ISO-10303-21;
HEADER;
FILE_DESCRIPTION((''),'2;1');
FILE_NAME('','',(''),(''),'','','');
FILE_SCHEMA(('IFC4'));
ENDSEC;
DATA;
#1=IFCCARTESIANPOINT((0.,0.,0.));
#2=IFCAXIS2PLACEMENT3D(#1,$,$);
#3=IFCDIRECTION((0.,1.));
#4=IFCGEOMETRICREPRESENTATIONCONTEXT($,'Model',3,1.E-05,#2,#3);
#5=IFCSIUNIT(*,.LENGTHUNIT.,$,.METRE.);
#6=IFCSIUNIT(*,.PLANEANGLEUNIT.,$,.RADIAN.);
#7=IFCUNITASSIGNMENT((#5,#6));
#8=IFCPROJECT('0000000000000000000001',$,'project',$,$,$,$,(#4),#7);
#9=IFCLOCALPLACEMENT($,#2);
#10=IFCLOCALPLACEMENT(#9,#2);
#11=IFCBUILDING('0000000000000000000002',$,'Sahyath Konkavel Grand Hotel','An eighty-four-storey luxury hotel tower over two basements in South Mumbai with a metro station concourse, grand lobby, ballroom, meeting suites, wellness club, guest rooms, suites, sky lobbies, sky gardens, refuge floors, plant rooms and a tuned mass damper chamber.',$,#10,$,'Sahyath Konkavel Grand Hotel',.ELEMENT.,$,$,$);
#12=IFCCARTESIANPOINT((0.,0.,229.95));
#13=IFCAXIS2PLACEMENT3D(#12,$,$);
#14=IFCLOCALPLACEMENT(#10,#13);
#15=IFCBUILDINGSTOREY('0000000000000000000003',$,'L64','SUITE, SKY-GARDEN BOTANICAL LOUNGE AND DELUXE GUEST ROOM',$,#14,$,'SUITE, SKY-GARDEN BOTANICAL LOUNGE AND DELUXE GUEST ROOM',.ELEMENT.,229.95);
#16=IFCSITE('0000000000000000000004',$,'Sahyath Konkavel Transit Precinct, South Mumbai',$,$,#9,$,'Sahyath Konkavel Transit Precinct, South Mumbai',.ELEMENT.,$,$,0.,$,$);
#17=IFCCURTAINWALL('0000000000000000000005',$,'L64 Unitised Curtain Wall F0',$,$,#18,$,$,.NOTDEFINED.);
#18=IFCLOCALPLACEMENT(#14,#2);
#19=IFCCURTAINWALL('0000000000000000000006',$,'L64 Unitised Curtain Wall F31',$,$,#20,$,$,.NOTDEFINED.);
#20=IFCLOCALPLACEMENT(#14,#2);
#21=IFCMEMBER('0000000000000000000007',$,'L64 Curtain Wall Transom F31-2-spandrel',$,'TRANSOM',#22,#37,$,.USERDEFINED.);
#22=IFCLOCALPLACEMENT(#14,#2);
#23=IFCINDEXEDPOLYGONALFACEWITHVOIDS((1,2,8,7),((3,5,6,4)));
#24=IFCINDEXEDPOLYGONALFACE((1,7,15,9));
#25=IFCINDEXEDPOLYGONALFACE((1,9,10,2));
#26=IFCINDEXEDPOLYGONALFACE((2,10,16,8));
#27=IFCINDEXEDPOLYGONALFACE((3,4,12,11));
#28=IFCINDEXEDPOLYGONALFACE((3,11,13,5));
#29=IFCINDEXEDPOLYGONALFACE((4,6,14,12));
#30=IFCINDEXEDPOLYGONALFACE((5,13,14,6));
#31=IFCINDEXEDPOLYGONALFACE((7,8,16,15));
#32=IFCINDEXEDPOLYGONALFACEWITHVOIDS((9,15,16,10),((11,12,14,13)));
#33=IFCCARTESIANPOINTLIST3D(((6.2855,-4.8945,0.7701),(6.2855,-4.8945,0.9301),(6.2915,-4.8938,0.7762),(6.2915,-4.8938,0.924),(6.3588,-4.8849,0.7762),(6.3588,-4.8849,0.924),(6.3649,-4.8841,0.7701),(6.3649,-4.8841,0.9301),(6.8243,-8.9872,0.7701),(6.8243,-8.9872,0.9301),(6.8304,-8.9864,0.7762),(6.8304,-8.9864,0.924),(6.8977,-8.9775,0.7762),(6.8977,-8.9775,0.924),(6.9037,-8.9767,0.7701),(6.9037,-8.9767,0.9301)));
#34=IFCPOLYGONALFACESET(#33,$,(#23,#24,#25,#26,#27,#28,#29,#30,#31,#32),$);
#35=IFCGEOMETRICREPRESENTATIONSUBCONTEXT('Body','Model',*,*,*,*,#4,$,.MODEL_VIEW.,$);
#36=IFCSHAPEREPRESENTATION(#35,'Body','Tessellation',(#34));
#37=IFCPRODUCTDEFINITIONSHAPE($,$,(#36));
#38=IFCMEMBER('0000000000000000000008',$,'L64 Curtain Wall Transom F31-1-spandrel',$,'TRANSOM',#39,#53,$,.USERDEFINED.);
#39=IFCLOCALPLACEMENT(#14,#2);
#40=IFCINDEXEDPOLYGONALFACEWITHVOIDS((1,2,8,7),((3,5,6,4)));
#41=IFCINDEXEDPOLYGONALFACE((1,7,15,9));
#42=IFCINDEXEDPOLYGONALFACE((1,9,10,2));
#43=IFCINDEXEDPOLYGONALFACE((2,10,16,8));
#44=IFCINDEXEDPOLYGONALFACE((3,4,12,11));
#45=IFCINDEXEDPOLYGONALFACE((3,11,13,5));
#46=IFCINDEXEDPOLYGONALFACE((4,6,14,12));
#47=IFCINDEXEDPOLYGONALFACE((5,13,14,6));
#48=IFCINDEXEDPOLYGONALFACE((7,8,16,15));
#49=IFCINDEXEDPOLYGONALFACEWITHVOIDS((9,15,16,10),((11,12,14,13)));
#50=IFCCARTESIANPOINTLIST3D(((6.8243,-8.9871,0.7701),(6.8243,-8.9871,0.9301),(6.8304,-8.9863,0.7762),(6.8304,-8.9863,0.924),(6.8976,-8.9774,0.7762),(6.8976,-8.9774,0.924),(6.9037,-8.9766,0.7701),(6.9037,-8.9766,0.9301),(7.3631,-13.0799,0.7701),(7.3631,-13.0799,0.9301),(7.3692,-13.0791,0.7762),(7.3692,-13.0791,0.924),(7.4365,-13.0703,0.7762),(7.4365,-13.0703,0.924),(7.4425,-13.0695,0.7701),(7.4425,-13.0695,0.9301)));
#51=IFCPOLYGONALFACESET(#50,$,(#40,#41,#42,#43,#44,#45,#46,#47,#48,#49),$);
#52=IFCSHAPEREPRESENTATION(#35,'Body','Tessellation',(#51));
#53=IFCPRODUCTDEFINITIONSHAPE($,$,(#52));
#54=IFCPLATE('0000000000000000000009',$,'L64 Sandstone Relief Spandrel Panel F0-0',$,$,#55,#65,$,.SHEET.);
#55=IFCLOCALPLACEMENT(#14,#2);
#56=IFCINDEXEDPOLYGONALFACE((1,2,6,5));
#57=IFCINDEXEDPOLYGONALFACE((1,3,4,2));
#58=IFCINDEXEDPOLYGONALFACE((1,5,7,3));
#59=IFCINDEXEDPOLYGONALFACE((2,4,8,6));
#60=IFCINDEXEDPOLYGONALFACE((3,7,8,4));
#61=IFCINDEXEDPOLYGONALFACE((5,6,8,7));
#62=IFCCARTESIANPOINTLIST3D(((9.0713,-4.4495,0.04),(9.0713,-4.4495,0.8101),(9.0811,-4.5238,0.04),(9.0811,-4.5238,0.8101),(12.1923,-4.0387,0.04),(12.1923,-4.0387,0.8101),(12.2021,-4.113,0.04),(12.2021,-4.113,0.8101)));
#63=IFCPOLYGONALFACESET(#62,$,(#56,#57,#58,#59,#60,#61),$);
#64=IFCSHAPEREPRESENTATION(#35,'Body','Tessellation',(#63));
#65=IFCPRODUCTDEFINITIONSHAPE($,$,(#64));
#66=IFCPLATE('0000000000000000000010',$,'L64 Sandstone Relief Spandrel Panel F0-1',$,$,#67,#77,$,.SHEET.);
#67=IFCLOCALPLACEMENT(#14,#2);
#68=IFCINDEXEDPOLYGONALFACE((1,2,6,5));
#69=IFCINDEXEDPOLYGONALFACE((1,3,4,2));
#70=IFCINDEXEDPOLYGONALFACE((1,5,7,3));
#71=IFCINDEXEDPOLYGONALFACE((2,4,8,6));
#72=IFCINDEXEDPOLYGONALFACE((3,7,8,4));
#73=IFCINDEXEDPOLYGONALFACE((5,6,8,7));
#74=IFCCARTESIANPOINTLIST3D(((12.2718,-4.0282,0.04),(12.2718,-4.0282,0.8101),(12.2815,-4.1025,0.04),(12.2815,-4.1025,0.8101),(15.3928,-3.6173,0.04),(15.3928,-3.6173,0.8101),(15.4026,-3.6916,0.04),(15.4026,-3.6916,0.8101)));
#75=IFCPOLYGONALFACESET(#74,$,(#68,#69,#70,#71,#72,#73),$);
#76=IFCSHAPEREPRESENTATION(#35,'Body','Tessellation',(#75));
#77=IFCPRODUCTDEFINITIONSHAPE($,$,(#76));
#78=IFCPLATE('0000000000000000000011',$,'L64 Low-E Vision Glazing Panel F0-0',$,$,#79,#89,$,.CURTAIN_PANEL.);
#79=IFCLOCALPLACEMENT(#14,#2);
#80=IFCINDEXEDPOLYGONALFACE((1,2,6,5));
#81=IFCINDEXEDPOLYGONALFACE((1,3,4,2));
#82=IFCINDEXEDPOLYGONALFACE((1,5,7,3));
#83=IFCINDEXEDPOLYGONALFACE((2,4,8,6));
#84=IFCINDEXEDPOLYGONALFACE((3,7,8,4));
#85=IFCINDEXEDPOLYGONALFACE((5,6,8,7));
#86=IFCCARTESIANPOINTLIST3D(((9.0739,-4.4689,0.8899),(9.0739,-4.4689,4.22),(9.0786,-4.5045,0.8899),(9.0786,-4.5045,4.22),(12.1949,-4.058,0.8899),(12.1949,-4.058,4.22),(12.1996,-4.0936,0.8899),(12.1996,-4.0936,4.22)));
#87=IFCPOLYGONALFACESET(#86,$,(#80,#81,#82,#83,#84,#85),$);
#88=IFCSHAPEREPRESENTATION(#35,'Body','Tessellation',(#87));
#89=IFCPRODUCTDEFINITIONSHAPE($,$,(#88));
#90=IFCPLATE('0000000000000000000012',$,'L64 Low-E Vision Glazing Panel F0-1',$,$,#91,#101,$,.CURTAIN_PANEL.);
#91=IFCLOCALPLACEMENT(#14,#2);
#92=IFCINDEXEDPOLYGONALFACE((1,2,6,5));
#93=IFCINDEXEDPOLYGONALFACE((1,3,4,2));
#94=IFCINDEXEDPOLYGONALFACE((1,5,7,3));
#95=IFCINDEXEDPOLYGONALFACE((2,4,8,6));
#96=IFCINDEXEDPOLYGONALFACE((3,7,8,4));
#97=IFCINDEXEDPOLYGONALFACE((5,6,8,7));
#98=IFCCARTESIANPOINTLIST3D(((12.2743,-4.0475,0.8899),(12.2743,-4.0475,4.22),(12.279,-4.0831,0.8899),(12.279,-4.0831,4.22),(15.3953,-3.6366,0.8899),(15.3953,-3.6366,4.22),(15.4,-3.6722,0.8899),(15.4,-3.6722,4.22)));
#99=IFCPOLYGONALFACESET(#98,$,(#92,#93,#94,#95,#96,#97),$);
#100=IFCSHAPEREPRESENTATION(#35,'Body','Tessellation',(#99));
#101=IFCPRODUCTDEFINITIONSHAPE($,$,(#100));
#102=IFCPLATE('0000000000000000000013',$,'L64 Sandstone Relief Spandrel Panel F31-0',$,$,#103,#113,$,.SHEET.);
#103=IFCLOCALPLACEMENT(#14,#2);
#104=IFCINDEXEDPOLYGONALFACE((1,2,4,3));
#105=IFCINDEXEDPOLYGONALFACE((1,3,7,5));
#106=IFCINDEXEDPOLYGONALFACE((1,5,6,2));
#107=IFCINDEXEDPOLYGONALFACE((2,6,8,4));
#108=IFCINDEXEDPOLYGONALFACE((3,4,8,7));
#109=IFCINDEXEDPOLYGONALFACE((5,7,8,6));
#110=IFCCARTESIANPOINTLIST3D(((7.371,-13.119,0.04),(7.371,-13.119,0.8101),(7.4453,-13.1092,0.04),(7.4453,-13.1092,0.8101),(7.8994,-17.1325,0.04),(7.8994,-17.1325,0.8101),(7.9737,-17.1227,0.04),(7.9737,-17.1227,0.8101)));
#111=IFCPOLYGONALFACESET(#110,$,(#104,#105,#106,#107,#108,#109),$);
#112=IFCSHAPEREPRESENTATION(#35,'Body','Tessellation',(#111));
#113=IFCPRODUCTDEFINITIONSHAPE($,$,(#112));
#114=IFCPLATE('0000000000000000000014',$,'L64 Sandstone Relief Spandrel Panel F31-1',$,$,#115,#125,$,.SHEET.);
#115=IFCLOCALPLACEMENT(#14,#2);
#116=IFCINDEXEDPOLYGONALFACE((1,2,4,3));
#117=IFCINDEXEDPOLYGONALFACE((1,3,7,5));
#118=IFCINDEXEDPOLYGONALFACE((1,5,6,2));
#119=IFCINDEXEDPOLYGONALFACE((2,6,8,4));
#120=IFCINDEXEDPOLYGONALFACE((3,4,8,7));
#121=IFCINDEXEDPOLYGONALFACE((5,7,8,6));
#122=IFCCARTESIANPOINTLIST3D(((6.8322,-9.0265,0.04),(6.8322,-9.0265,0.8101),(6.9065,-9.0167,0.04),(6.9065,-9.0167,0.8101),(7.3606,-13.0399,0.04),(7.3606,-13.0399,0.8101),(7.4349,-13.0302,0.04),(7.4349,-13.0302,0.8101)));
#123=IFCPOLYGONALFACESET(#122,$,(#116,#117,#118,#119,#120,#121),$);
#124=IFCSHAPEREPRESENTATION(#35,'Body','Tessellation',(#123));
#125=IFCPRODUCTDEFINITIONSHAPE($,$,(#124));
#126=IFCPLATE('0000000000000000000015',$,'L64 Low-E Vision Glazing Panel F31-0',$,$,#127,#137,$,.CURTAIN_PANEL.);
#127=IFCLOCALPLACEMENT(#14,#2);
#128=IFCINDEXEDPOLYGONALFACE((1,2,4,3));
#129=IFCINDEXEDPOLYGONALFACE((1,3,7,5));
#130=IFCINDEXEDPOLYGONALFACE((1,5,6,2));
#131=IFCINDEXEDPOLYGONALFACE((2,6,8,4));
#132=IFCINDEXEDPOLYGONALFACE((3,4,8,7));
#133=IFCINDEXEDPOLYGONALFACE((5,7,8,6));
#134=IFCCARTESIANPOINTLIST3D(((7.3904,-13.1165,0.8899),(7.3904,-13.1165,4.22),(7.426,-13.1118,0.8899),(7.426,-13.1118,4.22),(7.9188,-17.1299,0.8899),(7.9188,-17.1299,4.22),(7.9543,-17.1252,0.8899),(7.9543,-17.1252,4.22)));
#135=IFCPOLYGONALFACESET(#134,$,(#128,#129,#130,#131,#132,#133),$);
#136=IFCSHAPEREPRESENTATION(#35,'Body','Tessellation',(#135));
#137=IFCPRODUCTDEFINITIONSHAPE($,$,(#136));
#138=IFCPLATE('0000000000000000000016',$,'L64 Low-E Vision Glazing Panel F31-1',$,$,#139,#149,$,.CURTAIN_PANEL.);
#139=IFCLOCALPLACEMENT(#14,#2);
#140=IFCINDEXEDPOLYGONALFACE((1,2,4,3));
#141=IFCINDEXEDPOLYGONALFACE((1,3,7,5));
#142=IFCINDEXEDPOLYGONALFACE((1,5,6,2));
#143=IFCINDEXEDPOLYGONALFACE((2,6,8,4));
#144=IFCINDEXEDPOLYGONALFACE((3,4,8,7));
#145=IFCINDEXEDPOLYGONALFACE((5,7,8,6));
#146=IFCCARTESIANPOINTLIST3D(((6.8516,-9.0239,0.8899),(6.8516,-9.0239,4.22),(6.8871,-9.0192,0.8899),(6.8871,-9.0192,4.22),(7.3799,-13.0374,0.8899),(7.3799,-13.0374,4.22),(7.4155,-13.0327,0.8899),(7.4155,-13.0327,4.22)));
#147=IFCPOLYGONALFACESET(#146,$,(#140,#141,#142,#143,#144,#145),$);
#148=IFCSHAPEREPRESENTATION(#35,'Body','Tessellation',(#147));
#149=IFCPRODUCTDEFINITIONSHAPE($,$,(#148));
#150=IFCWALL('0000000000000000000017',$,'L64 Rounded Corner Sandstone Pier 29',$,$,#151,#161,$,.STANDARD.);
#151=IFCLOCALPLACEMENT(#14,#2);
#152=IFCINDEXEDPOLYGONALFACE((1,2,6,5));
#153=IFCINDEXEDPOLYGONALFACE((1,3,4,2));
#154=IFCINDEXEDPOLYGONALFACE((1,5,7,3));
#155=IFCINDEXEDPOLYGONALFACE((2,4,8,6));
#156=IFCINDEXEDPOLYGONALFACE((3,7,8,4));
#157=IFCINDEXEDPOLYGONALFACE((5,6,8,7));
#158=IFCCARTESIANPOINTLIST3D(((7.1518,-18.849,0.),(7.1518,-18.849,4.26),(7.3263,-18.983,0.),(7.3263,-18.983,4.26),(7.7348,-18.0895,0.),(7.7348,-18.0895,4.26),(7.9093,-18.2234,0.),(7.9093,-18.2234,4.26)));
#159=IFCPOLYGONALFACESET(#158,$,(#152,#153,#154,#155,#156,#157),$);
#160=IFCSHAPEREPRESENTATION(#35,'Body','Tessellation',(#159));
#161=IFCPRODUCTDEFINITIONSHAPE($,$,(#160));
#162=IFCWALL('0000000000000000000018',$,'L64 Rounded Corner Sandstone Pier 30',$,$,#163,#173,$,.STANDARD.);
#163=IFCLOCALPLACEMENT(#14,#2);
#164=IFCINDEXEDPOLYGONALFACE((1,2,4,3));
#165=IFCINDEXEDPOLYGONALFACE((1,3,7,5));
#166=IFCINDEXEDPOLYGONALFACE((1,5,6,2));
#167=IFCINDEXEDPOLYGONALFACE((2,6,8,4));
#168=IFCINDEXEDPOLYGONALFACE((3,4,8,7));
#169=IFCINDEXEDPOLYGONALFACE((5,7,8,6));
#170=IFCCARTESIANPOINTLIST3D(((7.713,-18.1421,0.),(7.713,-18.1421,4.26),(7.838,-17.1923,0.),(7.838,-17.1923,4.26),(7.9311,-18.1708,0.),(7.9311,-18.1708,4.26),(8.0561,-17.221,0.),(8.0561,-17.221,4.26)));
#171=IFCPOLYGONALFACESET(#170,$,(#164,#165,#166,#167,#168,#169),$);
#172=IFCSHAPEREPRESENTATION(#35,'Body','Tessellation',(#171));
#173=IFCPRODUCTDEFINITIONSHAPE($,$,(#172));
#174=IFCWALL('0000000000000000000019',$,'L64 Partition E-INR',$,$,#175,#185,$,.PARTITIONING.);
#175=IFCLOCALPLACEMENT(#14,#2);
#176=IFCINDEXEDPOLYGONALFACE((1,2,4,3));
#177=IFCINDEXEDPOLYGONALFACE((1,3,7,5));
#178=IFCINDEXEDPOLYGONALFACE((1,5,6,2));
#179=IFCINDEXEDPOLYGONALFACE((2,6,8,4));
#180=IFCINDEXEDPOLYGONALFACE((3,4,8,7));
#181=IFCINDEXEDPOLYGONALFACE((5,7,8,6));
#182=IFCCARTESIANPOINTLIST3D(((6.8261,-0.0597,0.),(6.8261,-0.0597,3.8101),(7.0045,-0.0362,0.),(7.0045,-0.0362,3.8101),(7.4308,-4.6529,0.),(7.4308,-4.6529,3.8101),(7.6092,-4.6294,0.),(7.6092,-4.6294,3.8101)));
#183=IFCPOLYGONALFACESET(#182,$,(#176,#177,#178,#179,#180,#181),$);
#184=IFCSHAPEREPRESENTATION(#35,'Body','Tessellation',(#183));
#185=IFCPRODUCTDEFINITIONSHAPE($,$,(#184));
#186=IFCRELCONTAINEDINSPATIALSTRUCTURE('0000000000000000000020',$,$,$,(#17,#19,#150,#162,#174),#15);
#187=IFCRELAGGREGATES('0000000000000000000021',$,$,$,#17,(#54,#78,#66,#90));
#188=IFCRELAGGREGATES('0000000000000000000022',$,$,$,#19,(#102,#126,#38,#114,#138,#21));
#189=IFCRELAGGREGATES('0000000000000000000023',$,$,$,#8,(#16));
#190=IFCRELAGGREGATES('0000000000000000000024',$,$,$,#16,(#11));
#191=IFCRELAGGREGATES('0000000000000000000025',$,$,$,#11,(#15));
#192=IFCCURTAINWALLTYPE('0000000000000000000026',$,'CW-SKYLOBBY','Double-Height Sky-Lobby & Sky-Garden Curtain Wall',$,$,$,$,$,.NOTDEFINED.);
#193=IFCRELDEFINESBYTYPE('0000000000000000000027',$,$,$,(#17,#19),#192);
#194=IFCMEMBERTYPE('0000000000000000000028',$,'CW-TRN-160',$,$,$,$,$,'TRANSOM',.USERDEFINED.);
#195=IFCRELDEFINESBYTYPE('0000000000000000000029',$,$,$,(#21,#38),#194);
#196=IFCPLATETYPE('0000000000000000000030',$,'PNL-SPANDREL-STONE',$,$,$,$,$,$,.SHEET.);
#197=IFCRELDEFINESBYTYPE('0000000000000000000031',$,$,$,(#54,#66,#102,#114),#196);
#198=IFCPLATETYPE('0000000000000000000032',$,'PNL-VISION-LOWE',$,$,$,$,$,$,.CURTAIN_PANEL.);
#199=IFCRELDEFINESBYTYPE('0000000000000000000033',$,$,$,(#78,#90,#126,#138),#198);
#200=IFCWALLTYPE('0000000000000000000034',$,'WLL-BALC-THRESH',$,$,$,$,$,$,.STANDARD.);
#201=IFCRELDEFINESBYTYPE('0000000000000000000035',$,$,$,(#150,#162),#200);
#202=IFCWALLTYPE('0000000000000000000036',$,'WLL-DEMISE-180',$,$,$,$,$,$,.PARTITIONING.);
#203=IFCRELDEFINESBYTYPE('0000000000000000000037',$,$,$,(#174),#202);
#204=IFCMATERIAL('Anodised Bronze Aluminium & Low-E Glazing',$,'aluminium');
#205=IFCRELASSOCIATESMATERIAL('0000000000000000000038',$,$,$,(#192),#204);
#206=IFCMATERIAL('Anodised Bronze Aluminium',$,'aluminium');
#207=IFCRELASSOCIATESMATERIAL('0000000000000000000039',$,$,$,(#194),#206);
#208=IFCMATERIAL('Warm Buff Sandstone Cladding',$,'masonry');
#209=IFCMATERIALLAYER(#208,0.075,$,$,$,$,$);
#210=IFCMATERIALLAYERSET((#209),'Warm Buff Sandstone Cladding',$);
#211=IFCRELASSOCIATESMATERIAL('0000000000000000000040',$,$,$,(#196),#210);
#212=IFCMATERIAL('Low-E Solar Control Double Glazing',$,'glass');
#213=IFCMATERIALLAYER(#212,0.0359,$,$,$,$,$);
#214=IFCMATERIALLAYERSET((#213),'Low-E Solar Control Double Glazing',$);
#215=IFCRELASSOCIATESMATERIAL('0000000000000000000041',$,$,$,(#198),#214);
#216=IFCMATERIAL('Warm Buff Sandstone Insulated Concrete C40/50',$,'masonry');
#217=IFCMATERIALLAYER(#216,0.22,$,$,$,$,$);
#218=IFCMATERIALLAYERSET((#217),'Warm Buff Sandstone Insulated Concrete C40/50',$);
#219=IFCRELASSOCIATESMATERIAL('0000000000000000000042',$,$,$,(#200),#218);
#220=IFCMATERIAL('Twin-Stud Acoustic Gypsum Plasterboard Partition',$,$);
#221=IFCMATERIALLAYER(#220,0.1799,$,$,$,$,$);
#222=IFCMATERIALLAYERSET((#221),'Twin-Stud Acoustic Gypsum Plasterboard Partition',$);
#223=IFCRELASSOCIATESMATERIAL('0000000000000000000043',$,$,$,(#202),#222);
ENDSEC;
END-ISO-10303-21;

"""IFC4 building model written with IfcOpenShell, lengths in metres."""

from ifc_helpers import new_model, si_unit, direction, frame, frame_2d, origin, origin_2d, place, context, subcontext, project, spatial, rectangle, hollow_rectangle, extrude, source, transform, mapped, material, layer, layer_set, material_profile, profile_set, type_object, element, aggregate, save


model = new_model("IFC4")

# Units and contexts
model_context = context("Model", 3, precision=1e-05, world=origin(), true_north=direction((0.0, 1.0)))
body_context = subcontext(model_context, "Body", "Model", "MODEL_VIEW")
ifc_project = project(units=[si_unit("LENGTHUNIT", "METRE"), si_unit("PLANEANGLEUNIT", "RADIAN")], contexts=[model_context])

# Site, building, storey
site_placement = place(None, origin())
site = spatial("IfcSite", under=ifc_project, at=site_placement, Name="Sahyath Konkavel Transit Precinct, South Mumbai", LongName="Sahyath Konkavel Transit Precinct, South Mumbai", CompositionType="ELEMENT", RefElevation=0.0)
building_placement = place(site_placement, origin())
building = spatial("IfcBuilding", under=site, at=building_placement, Name="Sahyath Konkavel Grand Hotel", Description="An eighty-four-storey luxury hotel tower over two basements in South Mumbai with a metro station concourse, grand lobby, ballroom, meeting suites, wellness club, guest rooms, suites, sky lobbies, sky gardens, refuge floors, plant rooms and a tuned mass damper chamber.", LongName="Sahyath Konkavel Grand Hotel", CompositionType="ELEMENT")
storey_placement = place(building_placement, frame((0.0, 0.0, 229.95)))
storey = spatial("IfcBuildingStorey", under=building, at=storey_placement, Name="L64", Description="SUITE, SKY-GARDEN BOTANICAL LOUNGE AND DELUXE GUEST ROOM", LongName="SUITE, SKY-GARDEN BOTANICAL LOUNGE AND DELUXE GUEST ROOM", CompositionType="ELEMENT", Elevation=229.95)

# Curtain wall
ifc_material_1 = material(Name="Anodised Bronze Aluminium & Low-E Glazing", Category="aluminium")
curtain_wall_type = type_object("IfcCurtainWallType", Name="CW-SKYLOBBY", Description="Double-Height Sky-Lobby & Sky-Garden Curtain Wall", PredefinedType="NOTDEFINED", material=ifc_material_1)
curtain_wall_1_placement = place(storey_placement, origin())
curtain_wall_1 = element("IfcCurtainWall", 1, at=curtain_wall_1_placement, inside=storey, type_object=curtain_wall_type, Name="L64 Unitised Curtain Wall F0", PredefinedType="NOTDEFINED")
ifc_material_2 = material(Name="Anodised Bronze Aluminium", Category="aluminium")

# Curtain wall
curtain_wall_2_placement = place(storey_placement, origin())
curtain_wall_2 = element("IfcCurtainWall", 2, at=curtain_wall_2_placement, inside=storey, type_object=curtain_wall_type, Name="L64 Unitised Curtain Wall F31", PredefinedType="NOTDEFINED")

# Members
ifc_material_profile_1 = material_profile(ifc_material_2, hollow_rectangle(XDim=0.0801, YDim=0.1599, WallThickness=0.0061, at=origin_2d()), Name="RHS 160x80x6")
ifc_profile_set_1 = profile_set([ifc_material_profile_1], Name="Anodised Bronze Aluminium")
member_type_1 = type_object("IfcMemberType", Name="CW-TRN-160", ElementType="TRANSOM", PredefinedType="USERDEFINED", material=ifc_profile_set_1)
shared_shape_1 = source(origin(), body_context, "Body", "SweptSolid", [
    extrude(hollow_rectangle(XDim=0.0801, YDim=0.1599, WallThickness=0.0061, at=origin_2d()), origin(), (0.0, 0.0, 1.0), 4.1279),
])
member_1_placement = place(storey_placement, frame((6.864, -8.9819, 0.8501), z_axis=(-0.130533, 0.991444, 0.0), x_axis=(-0.991444, -0.130533, 0.0)))
member_1 = element("IfcMember", 3, at=member_1_placement, type_object=member_type_1, Name="L64 Curtain Wall Transom F31-2-spandrel", ObjectType="TRANSOM", PredefinedType="USERDEFINED", context=body_context, shape_type="MappedRepresentation", body=[
    mapped(shared_shape_1, transform((0.0, 0.0, 0.0), scale=1.0)),
])
shared_shape_2 = source(origin(), body_context, "Body", "SweptSolid", [
    extrude(hollow_rectangle(XDim=0.0801, YDim=0.1599, WallThickness=0.0061, at=origin_2d()), origin(), (0.0, 0.0, 1.0), 4.1282),
])
member_2_placement = place(storey_placement, frame((7.4028, -13.0747, 0.8501), z_axis=(-0.130525, 0.991445, 0.0), x_axis=(-0.991445, -0.130525, 0.0)))
member_2 = element("IfcMember", 4, at=member_2_placement, type_object=member_type_1, Name="L64 Curtain Wall Transom F31-1-spandrel", ObjectType="TRANSOM", PredefinedType="USERDEFINED", context=body_context, shape_type="MappedRepresentation", body=[
    mapped(shared_shape_2, transform((0.0, 0.0, 0.0), scale=1.0)),
])

# Plates
ifc_material_3 = material(Name="Warm Buff Sandstone Cladding", Category="masonry")
ifc_layer_1 = layer(ifc_material_3, 0.075)
ifc_layer_set_1 = layer_set([ifc_layer_1], Name="Warm Buff Sandstone Cladding")
plate_type_1 = type_object("IfcPlateType", Name="PNL-SPANDREL-STONE", PredefinedType="SHEET", material=ifc_layer_set_1)
shared_shape_3 = source(origin(), body_context, "Body", "SweptSolid", [
    extrude(rectangle(XDim=3.1479, YDim=0.075, at=origin_2d()), origin(), (0.0, 0.0, 1.0), 0.77),
])
plate_1_placement = place(storey_placement, frame((10.6367, -4.2812, 0.04), z_axis=(0.0, 0.0, 1.0), x_axis=(0.991445, 0.130526, 0.0)))
plate_1 = element("IfcPlate", 5, at=plate_1_placement, type_object=plate_type_1, Name="L64 Sandstone Relief Spandrel Panel F0-0", PredefinedType="SHEET", context=body_context, shape_type="MappedRepresentation", body=[
    mapped(shared_shape_3, transform((0.0, 0.0, 0.0), scale=1.0)),
])
plate_2_placement = place(storey_placement, frame((13.8372, -3.8599, 0.04), z_axis=(0.0, 0.0, 1.0), x_axis=(0.991445, 0.130526, 0.0)))
plate_2 = element("IfcPlate", 6, at=plate_2_placement, type_object=plate_type_1, Name="L64 Sandstone Relief Spandrel Panel F0-1", PredefinedType="SHEET", context=body_context, shape_type="MappedRepresentation", body=[
    mapped(shared_shape_3, transform((0.0, 0.0, 0.0), scale=1.0)),
])
ifc_material_4 = material(Name="Low-E Solar Control Double Glazing", Category="glass")
ifc_layer_2 = layer(ifc_material_4, 0.0359)
ifc_layer_set_2 = layer_set([ifc_layer_2], Name="Low-E Solar Control Double Glazing")
plate_type_2 = type_object("IfcPlateType", Name="PNL-VISION-LOWE", PredefinedType="CURTAIN_PANEL", material=ifc_layer_set_2)
shared_shape_4 = source(origin(), body_context, "Body", "SweptSolid", [
    extrude(rectangle(XDim=3.1479, YDim=0.0359, at=origin_2d()), origin(), (0.0, 0.0, 1.0), 3.3301),
])
plate_3_placement = place(storey_placement, frame((10.6367, -4.2812, 0.8899), z_axis=(0.0, 0.0, 1.0), x_axis=(0.991445, 0.130526, 0.0)))
plate_3 = element("IfcPlate", 7, at=plate_3_placement, type_object=plate_type_2, Name="L64 Low-E Vision Glazing Panel F0-0", PredefinedType="CURTAIN_PANEL", context=body_context, shape_type="MappedRepresentation", body=[
    mapped(shared_shape_4, transform((0.0, 0.0, 0.0), scale=1.0)),
])
plate_4_placement = place(storey_placement, frame((13.8372, -3.8599, 0.8899), z_axis=(0.0, 0.0, 1.0), x_axis=(0.991445, 0.130526, 0.0)))
plate_4 = element("IfcPlate", 8, at=plate_4_placement, type_object=plate_type_2, Name="L64 Low-E Vision Glazing Panel F0-1", PredefinedType="CURTAIN_PANEL", context=body_context, shape_type="MappedRepresentation", body=[
    mapped(shared_shape_4, transform((0.0, 0.0, 0.0), scale=1.0)),
])
aggregate(curtain_wall_1, [plate_1, plate_3, plate_2, plate_4])
shared_shape_5 = source(origin(), body_context, "Body", "SweptSolid", [
    extrude(rectangle(XDim=4.0481, YDim=0.075, at=origin_2d()), origin(), (0.0, 0.0, 1.0), 0.77),
])
plate_5_placement = place(storey_placement, frame((7.6724, -15.1208, 0.04), z_axis=(0.0, 0.0, 1.0), x_axis=(-0.130526, 0.991445, 0.0)))
plate_5 = element("IfcPlate", 9, at=plate_5_placement, type_object=plate_type_1, Name="L64 Sandstone Relief Spandrel Panel F31-0", PredefinedType="SHEET", context=body_context, shape_type="MappedRepresentation", body=[
    mapped(shared_shape_5, transform((0.0, 0.0, 0.0), scale=1.0)),
])
plate_6_placement = place(storey_placement, frame((7.1335, -11.0283, 0.04), z_axis=(0.0, 0.0, 1.0), x_axis=(-0.130526, 0.991445, 0.0)))
plate_6 = element("IfcPlate", 10, at=plate_6_placement, type_object=plate_type_1, Name="L64 Sandstone Relief Spandrel Panel F31-1", PredefinedType="SHEET", context=body_context, shape_type="MappedRepresentation", body=[
    mapped(shared_shape_5, transform((0.0, 0.0, 0.0), scale=1.0)),
])
shared_shape_6 = source(origin(), body_context, "Body", "SweptSolid", [
    extrude(rectangle(XDim=4.0481, YDim=0.0359, at=origin_2d()), origin(), (0.0, 0.0, 1.0), 3.3301),
])
plate_7_placement = place(storey_placement, frame((7.6724, -15.1208, 0.8899), z_axis=(0.0, 0.0, 1.0), x_axis=(-0.130526, 0.991445, 0.0)))
plate_7 = element("IfcPlate", 11, at=plate_7_placement, type_object=plate_type_2, Name="L64 Low-E Vision Glazing Panel F31-0", PredefinedType="CURTAIN_PANEL", context=body_context, shape_type="MappedRepresentation", body=[
    mapped(shared_shape_6, transform((0.0, 0.0, 0.0), scale=1.0)),
])
plate_8_placement = place(storey_placement, frame((7.1335, -11.0283, 0.8899), z_axis=(0.0, 0.0, 1.0), x_axis=(-0.130526, 0.991445, 0.0)))
plate_8 = element("IfcPlate", 12, at=plate_8_placement, type_object=plate_type_2, Name="L64 Low-E Vision Glazing Panel F31-1", PredefinedType="CURTAIN_PANEL", context=body_context, shape_type="MappedRepresentation", body=[
    mapped(shared_shape_6, transform((0.0, 0.0, 0.0), scale=1.0)),
])
aggregate(curtain_wall_2, [plate_5, plate_7, member_2, plate_6, plate_8, member_1])

# Walls
ifc_material_5 = material(Name="Warm Buff Sandstone Insulated Concrete C40/50", Category="masonry")
ifc_layer_3 = layer(ifc_material_5, 0.22)
ifc_layer_set_3 = layer_set([ifc_layer_3], Name="Warm Buff Sandstone Insulated Concrete C40/50")
wall_type_1 = type_object("IfcWallType", Name="WLL-BALC-THRESH", PredefinedType="STANDARD", material=ifc_layer_set_3)
wall_1_placement = place(storey_placement, frame((7.239, -18.916, 0.0), z_axis=(0.0, 0.0, 1.0), x_axis=(0.608897, 0.793249, 0.0)))
element("IfcWall", 13, at=wall_1_placement, inside=storey, type_object=wall_type_1, Name="L64 Rounded Corner Sandstone Pier 29", PredefinedType="STANDARD", context=body_context, shape_type="SweptSolid", body=[
    extrude(rectangle(XDim=0.9575, YDim=0.22, at=frame_2d((0.4788, 0.0))), origin(), (0.0, 0.0, 1.0), 4.26),
])
wall_2_placement = place(storey_placement, frame((7.822, -18.1565, 0.0), z_axis=(0.0, 0.0, 1.0), x_axis=(0.130494, 0.991449, 0.0)))
element("IfcWall", 14, at=wall_2_placement, inside=storey, type_object=wall_type_1, Name="L64 Rounded Corner Sandstone Pier 30", PredefinedType="STANDARD", context=body_context, shape_type="SweptSolid", body=[
    extrude(rectangle(XDim=0.958, YDim=0.22, at=frame_2d((0.479, 0.0))), origin(), (0.0, 0.0, 1.0), 4.26),
])
ifc_material_6 = material(Name="Twin-Stud Acoustic Gypsum Plasterboard Partition")
ifc_layer_4 = layer(ifc_material_6, 0.1799)
ifc_layer_set_4 = layer_set([ifc_layer_4], Name="Twin-Stud Acoustic Gypsum Plasterboard Partition")
wall_type_2 = type_object("IfcWallType", Name="WLL-DEMISE-180", PredefinedType="PARTITIONING", material=ifc_layer_set_4)
wall_3_placement = place(storey_placement, frame((7.52, -4.6411, 0.0), z_axis=(0.0, 0.0, 1.0), x_axis=(-0.130531, 0.991444, 0.0)))
element("IfcWall", 15, at=wall_3_placement, inside=storey, type_object=wall_type_2, Name="L64 Partition E-INR", PredefinedType="PARTITIONING", context=body_context, shape_type="SweptSolid", body=[
    extrude(rectangle(XDim=4.6328, YDim=0.1799, at=frame_2d((2.3164, 0.0))), origin(), (0.0, 0.0, 1.0), 3.8101),
])

save(model, "model.ifc")
